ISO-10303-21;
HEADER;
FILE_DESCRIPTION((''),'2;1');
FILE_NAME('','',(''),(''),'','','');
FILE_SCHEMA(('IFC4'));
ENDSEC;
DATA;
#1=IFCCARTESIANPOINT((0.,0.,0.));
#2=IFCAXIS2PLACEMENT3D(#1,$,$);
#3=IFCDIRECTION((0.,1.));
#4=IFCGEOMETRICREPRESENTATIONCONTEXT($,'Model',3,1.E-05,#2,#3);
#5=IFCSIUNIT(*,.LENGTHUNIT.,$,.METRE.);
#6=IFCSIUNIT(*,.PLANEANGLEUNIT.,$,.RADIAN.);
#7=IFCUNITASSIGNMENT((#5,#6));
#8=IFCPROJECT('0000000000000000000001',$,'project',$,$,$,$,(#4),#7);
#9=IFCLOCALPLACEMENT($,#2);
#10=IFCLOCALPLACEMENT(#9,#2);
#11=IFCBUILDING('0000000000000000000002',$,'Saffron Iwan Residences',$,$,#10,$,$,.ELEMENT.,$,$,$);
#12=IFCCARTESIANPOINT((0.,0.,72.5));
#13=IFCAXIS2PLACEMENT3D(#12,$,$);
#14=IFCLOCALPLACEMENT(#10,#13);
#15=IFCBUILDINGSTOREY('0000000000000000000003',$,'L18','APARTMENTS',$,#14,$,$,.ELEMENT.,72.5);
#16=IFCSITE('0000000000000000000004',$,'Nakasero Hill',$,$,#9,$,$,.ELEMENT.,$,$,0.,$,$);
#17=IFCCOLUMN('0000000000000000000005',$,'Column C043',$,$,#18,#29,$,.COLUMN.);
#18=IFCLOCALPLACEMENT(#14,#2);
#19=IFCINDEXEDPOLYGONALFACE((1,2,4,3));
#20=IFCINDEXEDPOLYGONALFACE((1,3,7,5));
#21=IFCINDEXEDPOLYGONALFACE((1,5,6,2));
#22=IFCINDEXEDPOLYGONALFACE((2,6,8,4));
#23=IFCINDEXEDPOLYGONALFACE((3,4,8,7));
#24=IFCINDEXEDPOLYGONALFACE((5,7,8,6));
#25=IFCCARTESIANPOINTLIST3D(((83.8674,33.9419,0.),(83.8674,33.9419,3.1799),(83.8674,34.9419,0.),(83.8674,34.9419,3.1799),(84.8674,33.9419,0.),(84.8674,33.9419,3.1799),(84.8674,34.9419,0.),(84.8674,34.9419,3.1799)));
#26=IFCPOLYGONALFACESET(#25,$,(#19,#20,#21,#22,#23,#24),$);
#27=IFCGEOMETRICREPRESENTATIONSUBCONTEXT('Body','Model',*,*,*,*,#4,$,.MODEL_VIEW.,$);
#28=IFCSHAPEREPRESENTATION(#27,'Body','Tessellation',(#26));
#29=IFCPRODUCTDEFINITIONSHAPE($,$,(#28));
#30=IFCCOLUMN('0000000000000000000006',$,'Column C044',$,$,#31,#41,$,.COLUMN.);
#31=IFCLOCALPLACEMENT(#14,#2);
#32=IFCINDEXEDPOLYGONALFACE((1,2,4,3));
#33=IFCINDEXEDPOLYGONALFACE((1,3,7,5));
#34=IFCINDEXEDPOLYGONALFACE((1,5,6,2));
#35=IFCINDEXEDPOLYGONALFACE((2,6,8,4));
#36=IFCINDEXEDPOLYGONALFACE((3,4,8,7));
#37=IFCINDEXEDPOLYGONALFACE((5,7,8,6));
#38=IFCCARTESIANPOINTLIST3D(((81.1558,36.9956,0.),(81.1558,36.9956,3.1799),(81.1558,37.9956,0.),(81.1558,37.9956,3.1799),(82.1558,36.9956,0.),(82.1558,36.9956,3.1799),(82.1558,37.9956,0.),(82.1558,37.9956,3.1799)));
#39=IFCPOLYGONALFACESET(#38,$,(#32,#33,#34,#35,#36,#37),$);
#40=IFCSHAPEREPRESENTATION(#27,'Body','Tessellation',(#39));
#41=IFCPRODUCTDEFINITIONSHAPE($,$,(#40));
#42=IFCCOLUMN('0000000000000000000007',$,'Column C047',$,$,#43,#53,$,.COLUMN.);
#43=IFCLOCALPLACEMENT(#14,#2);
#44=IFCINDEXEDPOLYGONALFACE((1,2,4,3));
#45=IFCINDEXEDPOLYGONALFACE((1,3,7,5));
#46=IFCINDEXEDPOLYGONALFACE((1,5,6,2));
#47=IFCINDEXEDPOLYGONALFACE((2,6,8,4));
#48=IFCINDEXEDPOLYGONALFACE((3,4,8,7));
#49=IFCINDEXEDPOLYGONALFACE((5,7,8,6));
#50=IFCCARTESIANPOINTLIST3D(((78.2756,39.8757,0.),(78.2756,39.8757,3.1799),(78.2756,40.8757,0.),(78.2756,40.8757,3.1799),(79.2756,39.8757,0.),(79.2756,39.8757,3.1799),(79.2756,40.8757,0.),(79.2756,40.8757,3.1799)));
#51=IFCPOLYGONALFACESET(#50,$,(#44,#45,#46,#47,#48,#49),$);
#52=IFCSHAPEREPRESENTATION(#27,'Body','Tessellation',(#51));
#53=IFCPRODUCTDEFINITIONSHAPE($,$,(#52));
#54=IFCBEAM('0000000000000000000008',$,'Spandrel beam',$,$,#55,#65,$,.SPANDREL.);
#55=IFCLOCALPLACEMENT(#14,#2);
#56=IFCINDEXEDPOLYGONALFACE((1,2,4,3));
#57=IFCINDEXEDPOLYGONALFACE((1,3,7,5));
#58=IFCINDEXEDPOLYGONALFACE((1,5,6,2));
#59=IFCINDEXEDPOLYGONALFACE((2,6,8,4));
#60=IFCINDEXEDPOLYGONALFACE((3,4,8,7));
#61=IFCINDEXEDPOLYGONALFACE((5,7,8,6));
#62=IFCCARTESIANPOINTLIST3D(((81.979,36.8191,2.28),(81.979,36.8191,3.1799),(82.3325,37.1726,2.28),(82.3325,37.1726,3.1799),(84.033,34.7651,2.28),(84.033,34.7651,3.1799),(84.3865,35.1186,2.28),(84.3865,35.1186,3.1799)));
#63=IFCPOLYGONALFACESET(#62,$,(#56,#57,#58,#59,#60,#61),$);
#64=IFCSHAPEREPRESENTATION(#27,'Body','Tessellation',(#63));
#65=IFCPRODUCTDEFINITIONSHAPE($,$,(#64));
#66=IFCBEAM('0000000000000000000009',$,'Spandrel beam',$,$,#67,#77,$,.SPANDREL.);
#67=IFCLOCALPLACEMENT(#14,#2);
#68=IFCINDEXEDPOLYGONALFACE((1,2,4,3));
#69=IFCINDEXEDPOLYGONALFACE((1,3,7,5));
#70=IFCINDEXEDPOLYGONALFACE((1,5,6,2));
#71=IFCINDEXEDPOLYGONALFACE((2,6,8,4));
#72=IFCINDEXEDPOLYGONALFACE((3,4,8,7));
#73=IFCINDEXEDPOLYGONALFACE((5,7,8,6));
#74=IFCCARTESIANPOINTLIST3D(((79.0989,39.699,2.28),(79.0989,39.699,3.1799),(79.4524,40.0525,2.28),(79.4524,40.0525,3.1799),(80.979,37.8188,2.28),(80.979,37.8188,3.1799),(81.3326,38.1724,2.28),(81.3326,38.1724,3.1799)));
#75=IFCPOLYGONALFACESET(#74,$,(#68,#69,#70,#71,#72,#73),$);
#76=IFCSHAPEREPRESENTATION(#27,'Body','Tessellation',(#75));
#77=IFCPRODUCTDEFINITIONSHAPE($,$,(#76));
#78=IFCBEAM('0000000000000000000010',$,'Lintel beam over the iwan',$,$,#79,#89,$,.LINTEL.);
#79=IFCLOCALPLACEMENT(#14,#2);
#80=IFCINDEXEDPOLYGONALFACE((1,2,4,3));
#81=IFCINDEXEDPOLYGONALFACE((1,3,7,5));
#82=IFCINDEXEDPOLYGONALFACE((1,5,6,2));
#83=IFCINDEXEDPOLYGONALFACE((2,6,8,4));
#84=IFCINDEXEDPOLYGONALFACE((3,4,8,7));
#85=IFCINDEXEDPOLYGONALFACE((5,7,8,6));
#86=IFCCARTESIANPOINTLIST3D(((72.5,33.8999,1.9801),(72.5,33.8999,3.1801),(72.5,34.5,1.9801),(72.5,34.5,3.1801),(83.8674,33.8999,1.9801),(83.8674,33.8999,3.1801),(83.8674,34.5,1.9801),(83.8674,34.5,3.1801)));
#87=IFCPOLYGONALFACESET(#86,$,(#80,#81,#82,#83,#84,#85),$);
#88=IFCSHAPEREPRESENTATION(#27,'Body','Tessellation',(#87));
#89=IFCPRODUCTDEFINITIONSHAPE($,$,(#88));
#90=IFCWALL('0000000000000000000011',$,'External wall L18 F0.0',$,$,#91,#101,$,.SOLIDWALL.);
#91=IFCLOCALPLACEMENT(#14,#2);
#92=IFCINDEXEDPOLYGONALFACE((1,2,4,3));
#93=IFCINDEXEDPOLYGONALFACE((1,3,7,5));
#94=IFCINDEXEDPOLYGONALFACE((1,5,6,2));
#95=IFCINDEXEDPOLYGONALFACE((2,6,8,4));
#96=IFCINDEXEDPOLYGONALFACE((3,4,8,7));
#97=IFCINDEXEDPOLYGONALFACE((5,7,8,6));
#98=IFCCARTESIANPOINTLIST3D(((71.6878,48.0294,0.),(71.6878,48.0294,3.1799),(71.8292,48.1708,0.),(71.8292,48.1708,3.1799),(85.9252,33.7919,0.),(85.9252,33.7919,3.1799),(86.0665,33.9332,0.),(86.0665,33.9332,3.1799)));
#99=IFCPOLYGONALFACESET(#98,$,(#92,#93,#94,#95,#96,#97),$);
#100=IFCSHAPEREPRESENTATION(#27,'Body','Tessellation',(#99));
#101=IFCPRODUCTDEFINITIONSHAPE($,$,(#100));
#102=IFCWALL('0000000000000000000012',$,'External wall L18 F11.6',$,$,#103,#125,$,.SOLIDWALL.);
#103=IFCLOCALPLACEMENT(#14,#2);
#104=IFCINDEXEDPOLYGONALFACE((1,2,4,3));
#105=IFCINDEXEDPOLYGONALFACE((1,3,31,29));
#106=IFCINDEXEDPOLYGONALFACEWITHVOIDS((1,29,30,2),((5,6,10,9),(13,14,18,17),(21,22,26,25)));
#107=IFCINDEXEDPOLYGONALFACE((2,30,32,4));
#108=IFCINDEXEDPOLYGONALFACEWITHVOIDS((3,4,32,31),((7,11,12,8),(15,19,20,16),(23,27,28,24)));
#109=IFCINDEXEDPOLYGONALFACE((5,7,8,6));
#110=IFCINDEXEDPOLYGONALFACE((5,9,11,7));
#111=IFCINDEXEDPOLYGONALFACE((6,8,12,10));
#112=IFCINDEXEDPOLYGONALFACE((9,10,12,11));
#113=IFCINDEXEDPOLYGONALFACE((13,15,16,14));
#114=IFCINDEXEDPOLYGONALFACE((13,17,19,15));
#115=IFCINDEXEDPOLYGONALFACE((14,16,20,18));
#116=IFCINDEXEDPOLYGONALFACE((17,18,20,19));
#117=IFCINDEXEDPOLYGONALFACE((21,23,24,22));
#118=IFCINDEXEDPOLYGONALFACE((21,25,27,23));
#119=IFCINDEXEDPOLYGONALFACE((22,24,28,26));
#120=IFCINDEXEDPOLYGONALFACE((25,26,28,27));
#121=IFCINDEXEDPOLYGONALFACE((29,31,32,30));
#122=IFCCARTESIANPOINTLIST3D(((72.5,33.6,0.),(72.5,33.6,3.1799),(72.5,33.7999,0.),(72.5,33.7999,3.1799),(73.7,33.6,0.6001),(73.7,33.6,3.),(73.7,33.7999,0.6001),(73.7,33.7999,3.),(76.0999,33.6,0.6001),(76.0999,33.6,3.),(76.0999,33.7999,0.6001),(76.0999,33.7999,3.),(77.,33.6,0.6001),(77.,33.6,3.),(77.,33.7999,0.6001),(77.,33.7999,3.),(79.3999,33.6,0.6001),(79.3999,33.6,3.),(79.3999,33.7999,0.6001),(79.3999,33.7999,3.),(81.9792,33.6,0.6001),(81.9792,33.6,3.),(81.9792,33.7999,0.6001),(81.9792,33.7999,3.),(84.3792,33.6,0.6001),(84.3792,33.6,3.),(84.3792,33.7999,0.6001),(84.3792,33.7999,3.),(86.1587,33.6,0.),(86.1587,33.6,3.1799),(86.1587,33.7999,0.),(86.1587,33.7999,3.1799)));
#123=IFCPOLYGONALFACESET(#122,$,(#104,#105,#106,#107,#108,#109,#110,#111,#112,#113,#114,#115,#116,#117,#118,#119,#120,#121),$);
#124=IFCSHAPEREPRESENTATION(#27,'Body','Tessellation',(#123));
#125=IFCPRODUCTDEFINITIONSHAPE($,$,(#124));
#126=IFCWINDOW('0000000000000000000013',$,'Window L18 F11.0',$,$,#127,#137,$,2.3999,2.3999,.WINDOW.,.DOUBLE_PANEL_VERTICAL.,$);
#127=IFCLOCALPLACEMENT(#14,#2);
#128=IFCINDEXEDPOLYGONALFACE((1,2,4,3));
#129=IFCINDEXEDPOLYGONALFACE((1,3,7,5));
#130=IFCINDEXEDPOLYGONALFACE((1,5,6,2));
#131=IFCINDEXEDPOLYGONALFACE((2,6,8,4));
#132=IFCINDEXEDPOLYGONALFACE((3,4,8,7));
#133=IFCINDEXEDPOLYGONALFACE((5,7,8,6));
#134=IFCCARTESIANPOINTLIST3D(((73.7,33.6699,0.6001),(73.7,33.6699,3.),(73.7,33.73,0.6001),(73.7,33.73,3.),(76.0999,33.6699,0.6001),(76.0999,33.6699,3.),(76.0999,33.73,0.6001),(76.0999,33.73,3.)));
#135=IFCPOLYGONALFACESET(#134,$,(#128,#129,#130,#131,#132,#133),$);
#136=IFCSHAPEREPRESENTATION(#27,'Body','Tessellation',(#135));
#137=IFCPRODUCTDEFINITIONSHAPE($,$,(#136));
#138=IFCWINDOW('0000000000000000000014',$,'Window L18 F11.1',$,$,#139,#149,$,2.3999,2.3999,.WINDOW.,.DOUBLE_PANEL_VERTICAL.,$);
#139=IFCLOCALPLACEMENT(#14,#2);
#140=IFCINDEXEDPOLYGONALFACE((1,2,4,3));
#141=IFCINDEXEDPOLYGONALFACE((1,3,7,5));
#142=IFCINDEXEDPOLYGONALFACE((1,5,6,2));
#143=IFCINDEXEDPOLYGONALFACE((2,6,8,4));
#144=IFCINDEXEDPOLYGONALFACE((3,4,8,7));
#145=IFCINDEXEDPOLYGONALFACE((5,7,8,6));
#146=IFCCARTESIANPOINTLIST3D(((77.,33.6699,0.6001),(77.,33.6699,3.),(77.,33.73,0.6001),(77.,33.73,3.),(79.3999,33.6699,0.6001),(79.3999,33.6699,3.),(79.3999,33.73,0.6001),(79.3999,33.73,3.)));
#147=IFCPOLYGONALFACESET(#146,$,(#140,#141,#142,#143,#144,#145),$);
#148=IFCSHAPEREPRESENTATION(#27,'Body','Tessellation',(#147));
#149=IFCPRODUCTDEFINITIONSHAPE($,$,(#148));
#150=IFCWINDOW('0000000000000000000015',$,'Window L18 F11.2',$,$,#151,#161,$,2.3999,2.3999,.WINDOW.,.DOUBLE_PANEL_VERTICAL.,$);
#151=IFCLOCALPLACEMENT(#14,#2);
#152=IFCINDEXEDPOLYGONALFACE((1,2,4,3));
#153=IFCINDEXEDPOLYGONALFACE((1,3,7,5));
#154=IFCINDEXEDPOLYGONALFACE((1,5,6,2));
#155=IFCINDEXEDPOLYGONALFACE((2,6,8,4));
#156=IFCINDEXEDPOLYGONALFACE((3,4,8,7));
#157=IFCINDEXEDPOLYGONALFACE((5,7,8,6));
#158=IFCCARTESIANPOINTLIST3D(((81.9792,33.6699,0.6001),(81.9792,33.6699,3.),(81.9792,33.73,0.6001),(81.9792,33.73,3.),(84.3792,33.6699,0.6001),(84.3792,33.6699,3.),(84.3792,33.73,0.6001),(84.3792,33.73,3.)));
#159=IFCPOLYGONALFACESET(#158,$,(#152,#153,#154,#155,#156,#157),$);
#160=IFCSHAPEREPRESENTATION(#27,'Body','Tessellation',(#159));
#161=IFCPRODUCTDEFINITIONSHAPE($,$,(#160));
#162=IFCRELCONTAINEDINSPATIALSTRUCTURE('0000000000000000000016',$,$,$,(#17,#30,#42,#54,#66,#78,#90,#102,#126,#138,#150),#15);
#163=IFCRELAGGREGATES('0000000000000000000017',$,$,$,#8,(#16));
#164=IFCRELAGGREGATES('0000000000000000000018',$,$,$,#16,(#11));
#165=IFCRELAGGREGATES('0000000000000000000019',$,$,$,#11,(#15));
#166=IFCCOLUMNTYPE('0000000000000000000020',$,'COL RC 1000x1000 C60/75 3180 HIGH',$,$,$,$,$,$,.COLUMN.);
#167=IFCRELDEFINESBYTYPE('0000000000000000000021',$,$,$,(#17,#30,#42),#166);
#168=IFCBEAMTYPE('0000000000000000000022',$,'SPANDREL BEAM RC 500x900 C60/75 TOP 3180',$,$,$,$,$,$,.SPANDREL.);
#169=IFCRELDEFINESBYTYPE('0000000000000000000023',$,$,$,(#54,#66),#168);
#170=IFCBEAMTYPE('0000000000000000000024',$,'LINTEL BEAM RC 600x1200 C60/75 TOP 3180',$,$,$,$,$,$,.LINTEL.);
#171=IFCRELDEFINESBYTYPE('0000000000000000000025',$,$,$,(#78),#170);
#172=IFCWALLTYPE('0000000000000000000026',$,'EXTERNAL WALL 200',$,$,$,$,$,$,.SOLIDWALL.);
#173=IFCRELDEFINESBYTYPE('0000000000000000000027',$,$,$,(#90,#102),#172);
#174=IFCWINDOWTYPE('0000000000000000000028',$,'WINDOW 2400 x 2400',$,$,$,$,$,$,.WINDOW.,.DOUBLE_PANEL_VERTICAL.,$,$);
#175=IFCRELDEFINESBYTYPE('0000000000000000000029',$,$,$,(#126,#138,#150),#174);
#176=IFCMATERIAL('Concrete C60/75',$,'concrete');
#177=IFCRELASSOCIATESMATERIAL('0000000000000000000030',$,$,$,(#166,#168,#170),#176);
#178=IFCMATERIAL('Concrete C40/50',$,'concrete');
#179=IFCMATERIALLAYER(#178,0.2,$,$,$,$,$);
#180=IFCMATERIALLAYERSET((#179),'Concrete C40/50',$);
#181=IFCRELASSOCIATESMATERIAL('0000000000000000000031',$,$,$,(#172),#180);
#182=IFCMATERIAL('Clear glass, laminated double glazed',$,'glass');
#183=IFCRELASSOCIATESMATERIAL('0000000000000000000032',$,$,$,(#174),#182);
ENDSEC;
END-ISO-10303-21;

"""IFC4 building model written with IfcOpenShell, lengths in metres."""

from ifc_helpers import new_model, si_unit, direction, frame, frame_2d, origin, origin_2d, place, context, subcontext, project, spatial, rectangle, extrude, source, transform, mapped, material, layer, layer_set, material_profile, profile_set, type_object, element, fill, save


model = new_model("IFC4")

# Units and contexts
model_context = context("Model", 3, precision=1e-05, world=origin(), true_north=direction((0.0, 1.0)))
body_context = subcontext(model_context, "Body", "Model", "MODEL_VIEW")
ifc_project = project(units=[si_unit("LENGTHUNIT", "METRE"), si_unit("PLANEANGLEUNIT", "RADIAN")], contexts=[model_context])

# Site, building, storey
site_placement = place(None, origin())
site = spatial("IfcSite", under=ifc_project, at=site_placement, Name="Nakasero Hill", CompositionType="ELEMENT", RefElevation=0.0)
building_placement = place(site_placement, origin())
building = spatial("IfcBuilding", under=site, at=building_placement, Name="Saffron Iwan Residences", CompositionType="ELEMENT")
storey_placement = place(building_placement, frame((0.0, 0.0, 72.5)))
storey = spatial("IfcBuildingStorey", under=building, at=storey_placement, Name="L18", Description="APARTMENTS", CompositionType="ELEMENT", Elevation=72.5)

# Columns
ifc_material_1 = material(Name="Concrete C60/75", Category="concrete")
ifc_material_profile_1 = material_profile(ifc_material_1, rectangle(XDim=1.0, YDim=1.0, at=origin_2d()), Name="RC 1000x1000")
ifc_profile_set_1 = profile_set([ifc_material_profile_1], Name="Concrete C60/75")
column_type = type_object("IfcColumnType", Name="COL RC 1000x1000 C60/75 3180 HIGH", PredefinedType="COLUMN", material=ifc_profile_set_1)
shared_shape_1 = source(origin(), body_context, "Body", "SweptSolid", [
    extrude(rectangle(XDim=1.0, YDim=1.0, at=origin_2d()), origin(), (0.0, 0.0, 1.0), 3.1799),
])
for number, where, z_axis, x_axis, name in (
    (1, (84.3674, 34.4419, 0.0), (0.0, 0.0, 1.0), (1.0, 0.0, 0.0), "Column C043"),
    (2, (81.6558, 37.4956, 0.0), (0.0, 0.0, 1.0), (1.0, 0.0, 0.0), "Column C044"),
    (3, (78.7756, 40.3757, 0.0), (0.0, 0.0, 1.0), (1.0, 0.0, 0.0), "Column C047"),
):
    element("IfcColumn", number, at=place(storey_placement, frame(where, z_axis=z_axis, x_axis=x_axis)), inside=storey, type_object=column_type, Name=name, PredefinedType="COLUMN", context=body_context, shape_type="MappedRepresentation", body=[
        mapped(shared_shape_1, transform((0.0, 0.0, 0.0))),
    ])

# Beams
ifc_material_profile_2 = material_profile(ifc_material_1, rectangle(XDim=0.5, YDim=0.8999, at=origin_2d()), Name="RC 500x900")
ifc_profile_set_2 = profile_set([ifc_material_profile_2], Name="Concrete C60/75")
beam_type_1 = type_object("IfcBeamType", Name="SPANDREL BEAM RC 500x900 C60/75 TOP 3180", PredefinedType="SPANDREL", material=ifc_profile_set_2)
shared_shape_2 = source(origin(), body_context, "Body", "SweptSolid", [
    extrude(rectangle(XDim=0.5, YDim=0.8999, at=origin_2d()), origin(), (0.0, 0.0, 1.0), 2.9048),
])
beam_1_placement = place(storey_placement, frame((82.1558, 36.9958, 2.73), z_axis=(0.707107, -0.707107, 0.0), x_axis=(0.707107, 0.707107, 0.0)))
element("IfcBeam", 4, at=beam_1_placement, inside=storey, type_object=beam_type_1, Name="Spandrel beam", PredefinedType="SPANDREL", context=body_context, shape_type="MappedRepresentation", body=[
    mapped(shared_shape_2, transform((0.0, 0.0, 0.0))),
])
shared_shape_3 = source(origin(), body_context, "Body", "SweptSolid", [
    extrude(rectangle(XDim=0.5, YDim=0.8999, at=origin_2d()), origin(), (0.0, 0.0, 1.0), 2.6589),
])
beam_2_placement = place(storey_placement, frame((79.2756, 39.8757, 2.73), z_axis=(0.707107, -0.707107, 0.0), x_axis=(0.707107, 0.707107, 0.0)))
element("IfcBeam", 5, at=beam_2_placement, inside=storey, type_object=beam_type_1, Name="Spandrel beam", PredefinedType="SPANDREL", context=body_context, shape_type="MappedRepresentation", body=[
    mapped(shared_shape_3, transform((0.0, 0.0, 0.0))),
])
ifc_material_profile_3 = material_profile(ifc_material_1, rectangle(XDim=0.6001, YDim=1.2, at=origin_2d()), Name="RC 600x1200")
ifc_profile_set_3 = profile_set([ifc_material_profile_3], Name="Concrete C60/75")
beam_type_2 = type_object("IfcBeamType", Name="LINTEL BEAM RC 600x1200 C60/75 TOP 3180", PredefinedType="LINTEL", material=ifc_profile_set_3)
shared_shape_4 = source(origin(), body_context, "Body", "SweptSolid", [
    extrude(rectangle(XDim=0.6001, YDim=1.2, at=origin_2d()), origin(), (0.0, 0.0, 1.0), 11.3674),
])
beam_3_placement = place(storey_placement, frame((83.8674, 34.2, 2.5801), z_axis=(-1.0, 0.0, 0.0), x_axis=(0.0, -1.0, 0.0)))
element("IfcBeam", 6, at=beam_3_placement, inside=storey, type_object=beam_type_2, Name="Lintel beam over the iwan", PredefinedType="LINTEL", context=body_context, shape_type="MappedRepresentation", body=[
    mapped(shared_shape_4, transform((0.0, 0.0, 0.0))),
])

# Wall
ifc_material_2 = material(Name="Concrete C40/50", Category="concrete")
ifc_layer_1 = layer(ifc_material_2, 0.2)
ifc_layer_set_1 = layer_set([ifc_layer_1], Name="Concrete C40/50")
wall_type_1 = type_object("IfcWallType", Name="EXTERNAL WALL 200", PredefinedType="SOLIDWALL", material=ifc_layer_set_1)
wall_1_placement = place(storey_placement, frame((85.9958, 33.8625, 0.0), z_axis=(0.0, 0.0, 1.0), x_axis=(-0.707101, 0.707113, 0.0)))
element("IfcWall", 7, at=wall_1_placement, inside=storey, type_object=wall_type_1, Name="External wall L18 F0.0", PredefinedType="SOLIDWALL", context=body_context, shape_type="SweptSolid", body=[
    extrude(rectangle(XDim=20.1348, YDim=0.2, at=frame_2d((10.0674, 0.0))), origin(), (0.0, 0.0, 1.0), 3.1799),
])

# Wall, openings, windows
wall_2_placement = place(storey_placement, frame((72.5, 33.7, 0.0), z_axis=(0.0, 0.0, 1.0), x_axis=(1.0, 0.0, 0.0)))
wall_2 = element("IfcWall", 8, at=wall_2_placement, inside=storey, type_object=wall_type_1, Name="External wall L18 F11.6", PredefinedType="SOLIDWALL", context=body_context, shape_type="SweptSolid", body=[
    extrude(rectangle(XDim=13.6587, YDim=0.2, at=frame_2d((6.8293, 0.0))), origin(), (0.0, 0.0, 1.0), 3.1799),
])
opening_1_placement = place(wall_2_placement, frame((1.2, 0.0, 0.6001)))
opening_1 = element("IfcOpeningElement", 9, at=opening_1_placement, cuts=wall_2, PredefinedType="OPENING", context=body_context, shape_type="SweptSolid", body=[
    extrude(rectangle(XDim=2.3999, YDim=2.3999, at=frame_2d((1.2, 1.2))), frame((0.0, 0.1099, 0.0), z_axis=(0.0, -1.0, 0.0), x_axis=(1.0, 0.0, 0.0)), (0.0, 0.0, 1.0), 0.22),
])
opening_2_placement = place(wall_2_placement, frame((4.5, 0.0, 0.6001)))
opening_2 = element("IfcOpeningElement", 10, at=opening_2_placement, cuts=wall_2, PredefinedType="OPENING", context=body_context, shape_type="SweptSolid", body=[
    extrude(rectangle(XDim=2.3999, YDim=2.3999, at=frame_2d((1.2, 1.2))), frame((0.0, 0.1099, 0.0), z_axis=(0.0, -1.0, 0.0), x_axis=(1.0, 0.0, 0.0)), (0.0, 0.0, 1.0), 0.22),
])
opening_3_placement = place(wall_2_placement, frame((9.4792, 0.0, 0.6001)))
opening_3 = element("IfcOpeningElement", 11, at=opening_3_placement, cuts=wall_2, PredefinedType="OPENING", context=body_context, shape_type="SweptSolid", body=[
    extrude(rectangle(XDim=2.3999, YDim=2.3999, at=frame_2d((1.2, 1.2))), frame((0.0, 0.1099, 0.0), z_axis=(0.0, -1.0, 0.0), x_axis=(1.0, 0.0, 0.0)), (0.0, 0.0, 1.0), 0.22),
])
ifc_material_3 = material(Name="Clear glass, laminated double glazed", Category="glass")
window_type = type_object("IfcWindowType", Name="WINDOW 2400 x 2400", PartitioningType="DOUBLE_PANEL_VERTICAL", PredefinedType="WINDOW", material=ifc_material_3)
window_1_placement = place(opening_1_placement, origin())
window_1 = element("IfcWindow", 12, at=window_1_placement, inside=storey, type_object=window_type, Name="Window L18 F11.0", OverallHeight=2.3999, OverallWidth=2.3999, PartitioningType="DOUBLE_PANEL_VERTICAL", PredefinedType="WINDOW", context=body_context, shape_type="SweptSolid", body=[
    extrude(rectangle(XDim=2.3999, YDim=2.3999, at=frame_2d((1.2, 1.2))), frame((0.0, 0.03, 0.0), z_axis=(0.0, -1.0, 0.0), x_axis=(1.0, 0.0, 0.0)), (0.0, 0.0, 1.0), 0.0601),
])
fill(opening_1, window_1)
window_2_placement = place(opening_2_placement, origin())
window_2 = element("IfcWindow", 13, at=window_2_placement, inside=storey, type_object=window_type, Name="Window L18 F11.1", OverallHeight=2.3999, OverallWidth=2.3999, PartitioningType="DOUBLE_PANEL_VERTICAL", PredefinedType="WINDOW", context=body_context, shape_type="SweptSolid", body=[
    extrude(rectangle(XDim=2.3999, YDim=2.3999, at=frame_2d((1.2, 1.2))), frame((0.0, 0.03, 0.0), z_axis=(0.0, -1.0, 0.0), x_axis=(1.0, 0.0, 0.0)), (0.0, 0.0, 1.0), 0.0601),
])
fill(opening_2, window_2)
window_3_placement = place(opening_3_placement, origin())
window_3 = element("IfcWindow", 14, at=window_3_placement, inside=storey, type_object=window_type, Name="Window L18 F11.2", OverallHeight=2.3999, OverallWidth=2.3999, PartitioningType="DOUBLE_PANEL_VERTICAL", PredefinedType="WINDOW", context=body_context, shape_type="SweptSolid", body=[
    extrude(rectangle(XDim=2.3999, YDim=2.3999, at=frame_2d((1.2, 1.2))), frame((0.0, 0.03, 0.0), z_axis=(0.0, -1.0, 0.0), x_axis=(1.0, 0.0, 0.0)), (0.0, 0.0, 1.0), 0.0601),
])
fill(opening_3, window_3)

save(model, "model.ifc")
